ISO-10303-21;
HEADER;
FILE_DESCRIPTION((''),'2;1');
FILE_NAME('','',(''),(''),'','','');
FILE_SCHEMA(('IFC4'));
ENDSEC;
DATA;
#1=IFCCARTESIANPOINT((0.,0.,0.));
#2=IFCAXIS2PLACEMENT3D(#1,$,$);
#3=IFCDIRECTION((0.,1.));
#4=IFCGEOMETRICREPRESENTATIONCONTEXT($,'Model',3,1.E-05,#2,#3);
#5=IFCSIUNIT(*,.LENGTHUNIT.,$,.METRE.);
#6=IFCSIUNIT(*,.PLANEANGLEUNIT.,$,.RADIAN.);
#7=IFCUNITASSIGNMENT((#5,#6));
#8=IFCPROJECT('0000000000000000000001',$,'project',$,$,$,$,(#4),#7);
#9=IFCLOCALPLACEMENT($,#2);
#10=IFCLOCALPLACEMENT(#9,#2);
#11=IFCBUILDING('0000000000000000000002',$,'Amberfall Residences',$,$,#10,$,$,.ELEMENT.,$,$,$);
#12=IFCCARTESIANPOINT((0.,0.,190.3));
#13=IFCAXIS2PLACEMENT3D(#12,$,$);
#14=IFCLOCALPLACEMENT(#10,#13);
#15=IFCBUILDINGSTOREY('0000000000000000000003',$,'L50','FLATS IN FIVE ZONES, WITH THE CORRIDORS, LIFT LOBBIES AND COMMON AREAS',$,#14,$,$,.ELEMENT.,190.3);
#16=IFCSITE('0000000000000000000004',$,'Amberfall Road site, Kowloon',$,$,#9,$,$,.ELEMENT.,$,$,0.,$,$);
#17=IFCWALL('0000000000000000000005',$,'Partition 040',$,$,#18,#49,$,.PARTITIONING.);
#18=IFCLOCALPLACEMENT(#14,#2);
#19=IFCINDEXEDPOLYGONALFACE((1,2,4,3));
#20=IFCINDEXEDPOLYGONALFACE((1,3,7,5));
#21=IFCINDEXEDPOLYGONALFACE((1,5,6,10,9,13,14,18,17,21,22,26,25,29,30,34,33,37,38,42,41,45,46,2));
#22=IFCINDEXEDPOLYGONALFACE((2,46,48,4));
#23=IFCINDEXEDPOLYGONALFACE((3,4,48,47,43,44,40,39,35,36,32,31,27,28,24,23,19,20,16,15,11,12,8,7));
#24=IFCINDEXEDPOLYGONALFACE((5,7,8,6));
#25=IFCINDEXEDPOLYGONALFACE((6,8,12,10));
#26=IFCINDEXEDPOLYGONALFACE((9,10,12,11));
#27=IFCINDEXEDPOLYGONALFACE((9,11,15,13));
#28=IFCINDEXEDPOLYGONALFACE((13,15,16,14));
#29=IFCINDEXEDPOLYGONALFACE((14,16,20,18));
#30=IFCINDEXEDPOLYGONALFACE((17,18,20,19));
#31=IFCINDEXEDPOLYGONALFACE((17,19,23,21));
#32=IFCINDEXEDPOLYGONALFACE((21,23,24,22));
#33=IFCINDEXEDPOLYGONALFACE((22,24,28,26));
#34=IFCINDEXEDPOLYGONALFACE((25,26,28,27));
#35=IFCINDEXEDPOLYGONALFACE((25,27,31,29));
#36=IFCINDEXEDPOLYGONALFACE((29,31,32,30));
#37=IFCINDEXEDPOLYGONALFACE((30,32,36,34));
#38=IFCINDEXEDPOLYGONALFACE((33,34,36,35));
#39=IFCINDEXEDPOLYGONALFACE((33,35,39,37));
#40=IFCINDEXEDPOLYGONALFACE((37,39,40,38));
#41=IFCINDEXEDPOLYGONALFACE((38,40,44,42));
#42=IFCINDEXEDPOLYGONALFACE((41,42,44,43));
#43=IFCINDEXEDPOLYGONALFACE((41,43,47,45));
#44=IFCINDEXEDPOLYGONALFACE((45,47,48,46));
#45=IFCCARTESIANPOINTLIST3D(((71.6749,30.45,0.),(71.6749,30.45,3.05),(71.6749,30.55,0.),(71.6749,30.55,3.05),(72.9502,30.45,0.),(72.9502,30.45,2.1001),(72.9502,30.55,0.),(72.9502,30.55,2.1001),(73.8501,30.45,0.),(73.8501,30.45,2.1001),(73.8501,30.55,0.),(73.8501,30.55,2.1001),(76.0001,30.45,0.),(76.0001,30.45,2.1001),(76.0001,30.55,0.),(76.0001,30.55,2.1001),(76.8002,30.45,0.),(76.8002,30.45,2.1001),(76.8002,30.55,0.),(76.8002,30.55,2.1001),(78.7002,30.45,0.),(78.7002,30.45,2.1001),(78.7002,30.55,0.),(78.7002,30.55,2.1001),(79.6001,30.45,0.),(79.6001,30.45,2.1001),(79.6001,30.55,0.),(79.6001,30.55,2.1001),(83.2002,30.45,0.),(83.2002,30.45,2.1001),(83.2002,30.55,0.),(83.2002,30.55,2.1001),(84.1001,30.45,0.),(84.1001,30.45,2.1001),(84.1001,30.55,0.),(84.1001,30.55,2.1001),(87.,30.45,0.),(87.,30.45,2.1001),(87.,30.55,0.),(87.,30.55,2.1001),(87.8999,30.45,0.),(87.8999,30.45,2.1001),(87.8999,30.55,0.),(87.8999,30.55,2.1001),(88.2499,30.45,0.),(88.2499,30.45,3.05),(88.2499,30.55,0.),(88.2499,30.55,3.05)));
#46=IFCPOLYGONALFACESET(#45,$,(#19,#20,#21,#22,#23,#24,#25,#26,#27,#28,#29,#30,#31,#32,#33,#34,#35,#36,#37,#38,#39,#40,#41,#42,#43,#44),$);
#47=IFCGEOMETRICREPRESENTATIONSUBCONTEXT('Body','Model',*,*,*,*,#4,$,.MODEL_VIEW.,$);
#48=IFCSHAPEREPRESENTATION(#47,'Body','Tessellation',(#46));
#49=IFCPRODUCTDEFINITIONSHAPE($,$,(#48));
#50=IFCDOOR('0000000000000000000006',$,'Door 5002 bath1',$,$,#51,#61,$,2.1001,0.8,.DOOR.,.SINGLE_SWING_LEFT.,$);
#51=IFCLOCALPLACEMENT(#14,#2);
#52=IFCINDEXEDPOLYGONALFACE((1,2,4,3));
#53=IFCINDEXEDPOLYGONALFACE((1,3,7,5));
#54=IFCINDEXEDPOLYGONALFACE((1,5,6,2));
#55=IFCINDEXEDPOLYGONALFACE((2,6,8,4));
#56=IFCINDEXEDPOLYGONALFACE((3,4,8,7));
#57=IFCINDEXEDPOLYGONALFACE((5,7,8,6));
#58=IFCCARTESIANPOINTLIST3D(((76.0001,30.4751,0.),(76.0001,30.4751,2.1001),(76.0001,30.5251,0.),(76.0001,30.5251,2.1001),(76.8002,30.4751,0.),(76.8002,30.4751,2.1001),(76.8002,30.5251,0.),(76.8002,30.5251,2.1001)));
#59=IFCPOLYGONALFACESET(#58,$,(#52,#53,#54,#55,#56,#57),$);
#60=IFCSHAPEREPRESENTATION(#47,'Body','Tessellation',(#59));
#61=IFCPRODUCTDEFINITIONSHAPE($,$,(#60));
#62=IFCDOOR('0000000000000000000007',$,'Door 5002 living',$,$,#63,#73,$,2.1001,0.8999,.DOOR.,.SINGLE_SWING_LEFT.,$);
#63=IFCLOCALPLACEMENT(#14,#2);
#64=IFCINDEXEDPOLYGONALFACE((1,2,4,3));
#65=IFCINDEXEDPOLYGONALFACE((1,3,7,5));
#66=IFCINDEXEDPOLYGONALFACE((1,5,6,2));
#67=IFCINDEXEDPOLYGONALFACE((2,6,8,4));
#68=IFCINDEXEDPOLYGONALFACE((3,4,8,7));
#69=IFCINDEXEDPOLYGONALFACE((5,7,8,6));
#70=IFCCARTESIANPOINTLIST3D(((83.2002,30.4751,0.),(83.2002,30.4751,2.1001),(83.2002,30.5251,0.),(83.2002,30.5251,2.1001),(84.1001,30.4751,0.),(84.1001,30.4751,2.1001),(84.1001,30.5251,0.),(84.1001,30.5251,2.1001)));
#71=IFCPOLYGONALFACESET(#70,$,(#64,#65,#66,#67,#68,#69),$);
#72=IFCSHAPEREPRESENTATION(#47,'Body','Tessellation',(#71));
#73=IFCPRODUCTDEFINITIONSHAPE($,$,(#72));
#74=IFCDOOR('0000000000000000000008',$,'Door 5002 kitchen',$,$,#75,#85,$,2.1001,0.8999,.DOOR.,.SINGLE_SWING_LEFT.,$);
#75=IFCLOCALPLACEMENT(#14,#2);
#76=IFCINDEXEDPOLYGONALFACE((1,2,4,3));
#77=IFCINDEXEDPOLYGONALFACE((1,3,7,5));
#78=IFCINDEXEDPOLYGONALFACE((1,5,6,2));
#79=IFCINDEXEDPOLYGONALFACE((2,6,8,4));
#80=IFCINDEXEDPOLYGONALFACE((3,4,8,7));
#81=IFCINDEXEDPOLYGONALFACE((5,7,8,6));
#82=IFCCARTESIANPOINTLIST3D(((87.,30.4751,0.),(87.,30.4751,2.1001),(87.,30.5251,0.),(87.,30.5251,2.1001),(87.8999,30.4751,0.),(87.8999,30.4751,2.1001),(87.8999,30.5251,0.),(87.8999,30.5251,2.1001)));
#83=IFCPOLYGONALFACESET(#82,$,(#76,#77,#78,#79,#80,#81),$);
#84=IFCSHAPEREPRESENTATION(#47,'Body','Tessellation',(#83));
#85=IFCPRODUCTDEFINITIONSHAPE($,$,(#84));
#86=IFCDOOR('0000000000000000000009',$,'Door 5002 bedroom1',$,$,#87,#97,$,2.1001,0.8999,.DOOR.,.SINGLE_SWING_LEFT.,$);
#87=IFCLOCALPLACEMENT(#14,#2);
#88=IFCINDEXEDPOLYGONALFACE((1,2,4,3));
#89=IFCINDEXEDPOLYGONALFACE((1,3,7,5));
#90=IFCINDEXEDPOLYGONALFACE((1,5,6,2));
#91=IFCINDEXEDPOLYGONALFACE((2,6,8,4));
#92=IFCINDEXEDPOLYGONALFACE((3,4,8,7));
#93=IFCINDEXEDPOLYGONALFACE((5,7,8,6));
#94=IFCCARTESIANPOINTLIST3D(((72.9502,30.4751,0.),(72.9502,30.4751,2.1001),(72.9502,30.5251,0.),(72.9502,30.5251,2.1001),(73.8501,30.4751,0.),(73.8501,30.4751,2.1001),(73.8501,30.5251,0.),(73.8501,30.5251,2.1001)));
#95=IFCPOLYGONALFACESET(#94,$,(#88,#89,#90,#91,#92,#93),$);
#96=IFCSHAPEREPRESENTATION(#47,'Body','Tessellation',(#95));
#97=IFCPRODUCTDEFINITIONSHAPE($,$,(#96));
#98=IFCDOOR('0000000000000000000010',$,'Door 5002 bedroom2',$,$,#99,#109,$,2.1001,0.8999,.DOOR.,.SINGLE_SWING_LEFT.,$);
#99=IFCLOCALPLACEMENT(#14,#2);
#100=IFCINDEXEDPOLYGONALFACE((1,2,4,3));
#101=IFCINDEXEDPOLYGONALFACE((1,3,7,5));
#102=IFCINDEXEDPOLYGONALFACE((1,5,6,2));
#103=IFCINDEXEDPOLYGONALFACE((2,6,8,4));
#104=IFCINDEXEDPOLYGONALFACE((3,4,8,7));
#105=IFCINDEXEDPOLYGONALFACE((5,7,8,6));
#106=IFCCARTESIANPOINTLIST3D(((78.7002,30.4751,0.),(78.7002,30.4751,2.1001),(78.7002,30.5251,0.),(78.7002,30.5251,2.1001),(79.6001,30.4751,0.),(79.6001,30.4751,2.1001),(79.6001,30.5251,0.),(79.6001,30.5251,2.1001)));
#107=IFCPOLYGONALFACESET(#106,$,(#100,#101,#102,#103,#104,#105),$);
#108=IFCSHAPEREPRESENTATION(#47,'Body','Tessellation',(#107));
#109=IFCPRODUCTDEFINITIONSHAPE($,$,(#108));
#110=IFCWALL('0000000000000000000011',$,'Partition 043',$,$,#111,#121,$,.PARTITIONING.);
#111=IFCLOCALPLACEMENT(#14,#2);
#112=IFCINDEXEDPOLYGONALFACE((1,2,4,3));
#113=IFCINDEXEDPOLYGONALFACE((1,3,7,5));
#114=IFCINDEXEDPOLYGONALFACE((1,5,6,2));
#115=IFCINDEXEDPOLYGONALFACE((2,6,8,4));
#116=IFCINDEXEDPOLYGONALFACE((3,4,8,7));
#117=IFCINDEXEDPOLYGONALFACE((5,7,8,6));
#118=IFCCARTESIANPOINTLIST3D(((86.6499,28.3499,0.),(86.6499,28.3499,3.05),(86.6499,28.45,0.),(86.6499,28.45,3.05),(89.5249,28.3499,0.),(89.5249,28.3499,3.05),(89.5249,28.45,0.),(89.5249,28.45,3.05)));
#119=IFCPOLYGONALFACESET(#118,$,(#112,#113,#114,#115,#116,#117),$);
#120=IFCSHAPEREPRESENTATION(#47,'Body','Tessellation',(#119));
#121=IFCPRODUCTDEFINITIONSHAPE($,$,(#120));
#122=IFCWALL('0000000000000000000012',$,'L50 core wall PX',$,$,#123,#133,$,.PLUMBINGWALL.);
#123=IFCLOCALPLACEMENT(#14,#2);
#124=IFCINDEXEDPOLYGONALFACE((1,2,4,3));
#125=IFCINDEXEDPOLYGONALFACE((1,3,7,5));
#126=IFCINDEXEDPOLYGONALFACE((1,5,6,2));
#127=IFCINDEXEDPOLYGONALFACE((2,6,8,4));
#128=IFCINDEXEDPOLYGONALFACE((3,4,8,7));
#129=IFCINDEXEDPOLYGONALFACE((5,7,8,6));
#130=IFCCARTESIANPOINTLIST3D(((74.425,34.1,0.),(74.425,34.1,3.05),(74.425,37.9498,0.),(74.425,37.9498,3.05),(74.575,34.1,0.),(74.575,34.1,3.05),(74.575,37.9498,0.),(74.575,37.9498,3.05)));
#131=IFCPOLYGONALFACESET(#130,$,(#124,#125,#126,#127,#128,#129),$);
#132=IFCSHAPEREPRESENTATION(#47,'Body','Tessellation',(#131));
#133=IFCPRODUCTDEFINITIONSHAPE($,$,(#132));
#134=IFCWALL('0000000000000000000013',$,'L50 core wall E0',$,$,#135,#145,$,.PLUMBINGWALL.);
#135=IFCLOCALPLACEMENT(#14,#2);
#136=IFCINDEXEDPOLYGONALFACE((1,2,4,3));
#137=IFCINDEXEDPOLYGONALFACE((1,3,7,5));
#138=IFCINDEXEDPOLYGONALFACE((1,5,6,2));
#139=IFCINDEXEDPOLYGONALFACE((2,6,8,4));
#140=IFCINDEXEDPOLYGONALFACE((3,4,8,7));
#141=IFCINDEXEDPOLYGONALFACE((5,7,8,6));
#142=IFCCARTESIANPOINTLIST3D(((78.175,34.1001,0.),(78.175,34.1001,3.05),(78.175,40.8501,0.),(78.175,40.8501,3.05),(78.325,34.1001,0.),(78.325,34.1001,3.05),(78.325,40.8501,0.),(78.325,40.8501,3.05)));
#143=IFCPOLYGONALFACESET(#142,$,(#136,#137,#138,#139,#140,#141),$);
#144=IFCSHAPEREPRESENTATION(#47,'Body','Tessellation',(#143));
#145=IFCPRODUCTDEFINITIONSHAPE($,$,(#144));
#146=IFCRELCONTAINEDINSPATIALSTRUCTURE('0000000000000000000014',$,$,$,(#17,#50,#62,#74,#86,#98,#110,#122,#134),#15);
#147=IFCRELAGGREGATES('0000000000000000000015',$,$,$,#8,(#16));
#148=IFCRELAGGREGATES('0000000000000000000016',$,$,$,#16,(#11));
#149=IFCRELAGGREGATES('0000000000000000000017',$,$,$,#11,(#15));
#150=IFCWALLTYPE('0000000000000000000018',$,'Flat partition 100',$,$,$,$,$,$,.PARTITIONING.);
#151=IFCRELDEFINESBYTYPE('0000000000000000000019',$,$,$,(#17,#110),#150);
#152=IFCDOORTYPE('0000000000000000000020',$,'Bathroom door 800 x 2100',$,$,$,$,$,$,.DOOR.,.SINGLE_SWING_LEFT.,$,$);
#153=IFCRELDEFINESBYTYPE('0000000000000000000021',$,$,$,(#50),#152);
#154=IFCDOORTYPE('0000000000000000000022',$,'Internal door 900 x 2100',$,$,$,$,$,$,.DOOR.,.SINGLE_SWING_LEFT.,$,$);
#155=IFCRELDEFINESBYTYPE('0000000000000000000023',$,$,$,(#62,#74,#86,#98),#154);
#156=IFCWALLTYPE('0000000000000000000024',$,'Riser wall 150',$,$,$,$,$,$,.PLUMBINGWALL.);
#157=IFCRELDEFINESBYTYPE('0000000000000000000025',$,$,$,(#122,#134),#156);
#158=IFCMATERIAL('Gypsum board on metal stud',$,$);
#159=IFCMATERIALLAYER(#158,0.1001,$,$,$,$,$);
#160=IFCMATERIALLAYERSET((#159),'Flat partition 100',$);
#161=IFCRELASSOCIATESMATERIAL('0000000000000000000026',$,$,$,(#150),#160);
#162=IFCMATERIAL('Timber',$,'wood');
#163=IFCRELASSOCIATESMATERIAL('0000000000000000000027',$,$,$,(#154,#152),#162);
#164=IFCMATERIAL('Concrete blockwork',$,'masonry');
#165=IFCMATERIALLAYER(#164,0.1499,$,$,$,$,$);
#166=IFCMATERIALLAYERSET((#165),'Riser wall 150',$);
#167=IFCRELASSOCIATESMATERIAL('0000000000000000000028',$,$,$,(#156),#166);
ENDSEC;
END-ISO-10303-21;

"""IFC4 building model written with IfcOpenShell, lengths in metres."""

from ifc_helpers import new_model, si_unit, direction, frame, frame_2d, origin, place, context, subcontext, project, spatial, rectangle, extrude, material, layer, layer_set, type_object, element, fill, save


model = new_model("IFC4")

# Units and contexts
model_context = context("Model", 3, precision=1e-05, world=origin(), true_north=direction((0.0, 1.0)))
body_context = subcontext(model_context, "Body", "Model", "MODEL_VIEW")
ifc_project = project(units=[si_unit("LENGTHUNIT", "METRE"), si_unit("PLANEANGLEUNIT", "RADIAN")], contexts=[model_context])

# Site, building, storey
site_placement = place(None, origin())
site = spatial("IfcSite", under=ifc_project, at=site_placement, Name="Amberfall Road site, Kowloon", CompositionType="ELEMENT", RefElevation=0.0)
building_placement = place(site_placement, origin())
building = spatial("IfcBuilding", under=site, at=building_placement, Name="Amberfall Residences", CompositionType="ELEMENT")
storey_placement = place(building_placement, frame((0.0, 0.0, 190.3)))
storey = spatial("IfcBuildingStorey", under=building, at=storey_placement, Name="L50", Description="FLATS IN FIVE ZONES, WITH THE CORRIDORS, LIFT LOBBIES AND COMMON AREAS", CompositionType="ELEMENT", Elevation=190.3)

# Shared definitions
ifc_material_1 = material(Name="Gypsum board on metal stud")
ifc_layer_1 = layer(ifc_material_1, 0.1001)
ifc_layer_set_1 = layer_set([ifc_layer_1], Name="Flat partition 100")
wall_type_1 = type_object("IfcWallType", Name="Flat partition 100", PredefinedType="PARTITIONING", material=ifc_layer_set_1)

# Wall, openings, doors
ifc_material_2 = material(Name="Timber", Category="wood")
door_type_1 = type_object("IfcDoorType", Name="Internal door 900 x 2100", OperationType="SINGLE_SWING_LEFT", PredefinedType="DOOR", material=ifc_material_2)
wall_1_placement = place(storey_placement, frame((88.25, 30.5, 0.0), z_axis=(0.0, 0.0, 1.0), x_axis=(-1.0, 0.0, 0.0)))
wall_1 = element("IfcWall", 1, at=wall_1_placement, inside=storey, type_object=wall_type_1, Name="Partition 040", PredefinedType="PARTITIONING", context=body_context, shape_type="SweptSolid", body=[
    extrude(rectangle(XDim=16.575, YDim=0.1001, at=frame_2d((8.2876, 0.0))), origin(), (0.0, 0.0, 1.0), 3.05),
])
opening_1_placement = place(wall_1_placement, frame((4.1499, 0.0, 0.0)))
opening_1 = element("IfcOpeningElement", 2, at=opening_1_placement, cuts=wall_1, PredefinedType="OPENING", context=body_context, shape_type="SweptSolid", body=[
    extrude(rectangle(XDim=0.8999, YDim=2.1001, at=frame_2d((0.45, 1.05))), frame((0.0, 0.0601, 0.0), z_axis=(0.0, -1.0, 0.0), x_axis=(1.0, 0.0, 0.0)), (0.0, 0.0, 1.0), 0.1201),
])
opening_2_placement = place(wall_1_placement, frame((0.3501, 0.0, 0.0)))
opening_2 = element("IfcOpeningElement", 3, at=opening_2_placement, cuts=wall_1, PredefinedType="OPENING", context=body_context, shape_type="SweptSolid", body=[
    extrude(rectangle(XDim=0.8999, YDim=2.1001, at=frame_2d((0.45, 1.05))), frame((0.0, 0.0601, 0.0), z_axis=(0.0, -1.0, 0.0), x_axis=(1.0, 0.0, 0.0)), (0.0, 0.0, 1.0), 0.1201),
])
opening_3_placement = place(wall_1_placement, frame((14.3999, 0.0, 0.0)))
opening_3 = element("IfcOpeningElement", 4, at=opening_3_placement, cuts=wall_1, PredefinedType="OPENING", context=body_context, shape_type="SweptSolid", body=[
    extrude(rectangle(XDim=0.8999, YDim=2.1001, at=frame_2d((0.45, 1.05))), frame((0.0, 0.0601, 0.0), z_axis=(0.0, -1.0, 0.0), x_axis=(1.0, 0.0, 0.0)), (0.0, 0.0, 1.0), 0.1201),
])
opening_4_placement = place(wall_1_placement, frame((8.6499, 0.0, 0.0)))
opening_4 = element("IfcOpeningElement", 5, at=opening_4_placement, cuts=wall_1, PredefinedType="OPENING", context=body_context, shape_type="SweptSolid", body=[
    extrude(rectangle(XDim=0.8999, YDim=2.1001, at=frame_2d((0.45, 1.05))), frame((0.0, 0.0601, 0.0), z_axis=(0.0, -1.0, 0.0), x_axis=(1.0, 0.0, 0.0)), (0.0, 0.0, 1.0), 0.1201),
])
opening_5_placement = place(wall_1_placement, frame((11.45, 0.0, 0.0)))
opening_5 = element("IfcOpeningElement", 6, at=opening_5_placement, cuts=wall_1, PredefinedType="OPENING", context=body_context, shape_type="SweptSolid", body=[
    extrude(rectangle(XDim=0.8, YDim=2.1001, at=frame_2d((0.3999, 1.05))), frame((0.0, 0.0601, 0.0), z_axis=(0.0, -1.0, 0.0), x_axis=(1.0, 0.0, 0.0)), (0.0, 0.0, 1.0), 0.1201),
])
door_type_2 = type_object("IfcDoorType", Name="Bathroom door 800 x 2100", OperationType="SINGLE_SWING_LEFT", PredefinedType="DOOR", material=ifc_material_2)
door_1_placement = place(opening_5_placement, origin())
door_1 = element("IfcDoor", 7, at=door_1_placement, inside=storey, type_object=door_type_2, Name="Door 5002 bath1", OperationType="SINGLE_SWING_LEFT", OverallHeight=2.1001, OverallWidth=0.8, PredefinedType="DOOR", context=body_context, shape_type="SweptSolid", body=[
    extrude(rectangle(XDim=0.8, YDim=2.1001, at=frame_2d((0.3999, 1.05))), frame((0.0, 0.0249, 0.0), z_axis=(0.0, -1.0, 0.0), x_axis=(1.0, 0.0, 0.0)), (0.0, 0.0, 1.0), 0.05),
])
fill(opening_5, door_1)
door_2_placement = place(opening_1_placement, origin())
door_2 = element("IfcDoor", 8, at=door_2_placement, inside=storey, type_object=door_type_1, Name="Door 5002 living", OperationType="SINGLE_SWING_LEFT", OverallHeight=2.1001, OverallWidth=0.8999, PredefinedType="DOOR", context=body_context, shape_type="SweptSolid", body=[
    extrude(rectangle(XDim=0.8999, YDim=2.1001, at=frame_2d((0.45, 1.05))), frame((0.0, 0.0249, 0.0), z_axis=(0.0, -1.0, 0.0), x_axis=(1.0, 0.0, 0.0)), (0.0, 0.0, 1.0), 0.05),
])
fill(opening_1, door_2)
door_3_placement = place(opening_2_placement, origin())
door_3 = element("IfcDoor", 9, at=door_3_placement, inside=storey, type_object=door_type_1, Name="Door 5002 kitchen", OperationType="SINGLE_SWING_LEFT", OverallHeight=2.1001, OverallWidth=0.8999, PredefinedType="DOOR", context=body_context, shape_type="SweptSolid", body=[
    extrude(rectangle(XDim=0.8999, YDim=2.1001, at=frame_2d((0.45, 1.05))), frame((0.0, 0.0249, 0.0), z_axis=(0.0, -1.0, 0.0), x_axis=(1.0, 0.0, 0.0)), (0.0, 0.0, 1.0), 0.05),
])
fill(opening_2, door_3)
door_4_placement = place(opening_3_placement, origin())
door_4 = element("IfcDoor", 10, at=door_4_placement, inside=storey, type_object=door_type_1, Name="Door 5002 bedroom1", OperationType="SINGLE_SWING_LEFT", OverallHeight=2.1001, OverallWidth=0.8999, PredefinedType="DOOR", context=body_context, shape_type="SweptSolid", body=[
    extrude(rectangle(XDim=0.8999, YDim=2.1001, at=frame_2d((0.45, 1.05))), frame((0.0, 0.0249, 0.0), z_axis=(0.0, -1.0, 0.0), x_axis=(1.0, 0.0, 0.0)), (0.0, 0.0, 1.0), 0.05),
])
fill(opening_3, door_4)
door_5_placement = place(opening_4_placement, origin())
door_5 = element("IfcDoor", 11, at=door_5_placement, inside=storey, type_object=door_type_1, Name="Door 5002 bedroom2", OperationType="SINGLE_SWING_LEFT", OverallHeight=2.1001, OverallWidth=0.8999, PredefinedType="DOOR", context=body_context, shape_type="SweptSolid", body=[
    extrude(rectangle(XDim=0.8999, YDim=2.1001, at=frame_2d((0.45, 1.05))), frame((0.0, 0.0249, 0.0), z_axis=(0.0, -1.0, 0.0), x_axis=(1.0, 0.0, 0.0)), (0.0, 0.0, 1.0), 0.05),
])
fill(opening_4, door_5)

# Walls
wall_2_placement = place(storey_placement, frame((86.6499, 28.3999, 0.0), z_axis=(0.0, 0.0, 1.0), x_axis=(1.0, 0.0, 0.0)))
element("IfcWall", 12, at=wall_2_placement, inside=storey, type_object=wall_type_1, Name="Partition 043", PredefinedType="PARTITIONING", context=body_context, shape_type="SweptSolid", body=[
    extrude(rectangle(XDim=2.875, YDim=0.1001, at=frame_2d((1.4375, 0.0))), origin(), (0.0, 0.0, 1.0), 3.05),
])
ifc_material_3 = material(Name="Concrete blockwork", Category="masonry")
ifc_layer_2 = layer(ifc_material_3, 0.1499)
ifc_layer_set_2 = layer_set([ifc_layer_2], Name="Riser wall 150")
wall_type_2 = type_object("IfcWallType", Name="Riser wall 150", PredefinedType="PLUMBINGWALL", material=ifc_layer_set_2)
wall_3_placement = place(storey_placement, frame((74.5, 34.1001, 0.0), z_axis=(0.0, 0.0, 1.0), x_axis=(0.0, 1.0, 0.0)))
element("IfcWall", 13, at=wall_3_placement, inside=storey, type_object=wall_type_2, Name="L50 core wall PX", PredefinedType="PLUMBINGWALL", context=body_context, shape_type="SweptSolid", body=[
    extrude(rectangle(XDim=3.8499, YDim=0.1499, at=frame_2d((1.9248, 0.0))), origin(), (0.0, 0.0, 1.0), 3.05),
])
wall_4_placement = place(storey_placement, frame((78.25, 34.1001, 0.0), z_axis=(0.0, 0.0, 1.0), x_axis=(0.0, 1.0, 0.0)))
element("IfcWall", 14, at=wall_4_placement, inside=storey, type_object=wall_type_2, Name="L50 core wall E0", PredefinedType="PLUMBINGWALL", context=body_context, shape_type="SweptSolid", body=[
    extrude(rectangle(XDim=6.75, YDim=0.1499, at=frame_2d((3.375, 0.0))), origin(), (0.0, 0.0, 1.0), 3.05),
])

save(model, "model.ifc")
